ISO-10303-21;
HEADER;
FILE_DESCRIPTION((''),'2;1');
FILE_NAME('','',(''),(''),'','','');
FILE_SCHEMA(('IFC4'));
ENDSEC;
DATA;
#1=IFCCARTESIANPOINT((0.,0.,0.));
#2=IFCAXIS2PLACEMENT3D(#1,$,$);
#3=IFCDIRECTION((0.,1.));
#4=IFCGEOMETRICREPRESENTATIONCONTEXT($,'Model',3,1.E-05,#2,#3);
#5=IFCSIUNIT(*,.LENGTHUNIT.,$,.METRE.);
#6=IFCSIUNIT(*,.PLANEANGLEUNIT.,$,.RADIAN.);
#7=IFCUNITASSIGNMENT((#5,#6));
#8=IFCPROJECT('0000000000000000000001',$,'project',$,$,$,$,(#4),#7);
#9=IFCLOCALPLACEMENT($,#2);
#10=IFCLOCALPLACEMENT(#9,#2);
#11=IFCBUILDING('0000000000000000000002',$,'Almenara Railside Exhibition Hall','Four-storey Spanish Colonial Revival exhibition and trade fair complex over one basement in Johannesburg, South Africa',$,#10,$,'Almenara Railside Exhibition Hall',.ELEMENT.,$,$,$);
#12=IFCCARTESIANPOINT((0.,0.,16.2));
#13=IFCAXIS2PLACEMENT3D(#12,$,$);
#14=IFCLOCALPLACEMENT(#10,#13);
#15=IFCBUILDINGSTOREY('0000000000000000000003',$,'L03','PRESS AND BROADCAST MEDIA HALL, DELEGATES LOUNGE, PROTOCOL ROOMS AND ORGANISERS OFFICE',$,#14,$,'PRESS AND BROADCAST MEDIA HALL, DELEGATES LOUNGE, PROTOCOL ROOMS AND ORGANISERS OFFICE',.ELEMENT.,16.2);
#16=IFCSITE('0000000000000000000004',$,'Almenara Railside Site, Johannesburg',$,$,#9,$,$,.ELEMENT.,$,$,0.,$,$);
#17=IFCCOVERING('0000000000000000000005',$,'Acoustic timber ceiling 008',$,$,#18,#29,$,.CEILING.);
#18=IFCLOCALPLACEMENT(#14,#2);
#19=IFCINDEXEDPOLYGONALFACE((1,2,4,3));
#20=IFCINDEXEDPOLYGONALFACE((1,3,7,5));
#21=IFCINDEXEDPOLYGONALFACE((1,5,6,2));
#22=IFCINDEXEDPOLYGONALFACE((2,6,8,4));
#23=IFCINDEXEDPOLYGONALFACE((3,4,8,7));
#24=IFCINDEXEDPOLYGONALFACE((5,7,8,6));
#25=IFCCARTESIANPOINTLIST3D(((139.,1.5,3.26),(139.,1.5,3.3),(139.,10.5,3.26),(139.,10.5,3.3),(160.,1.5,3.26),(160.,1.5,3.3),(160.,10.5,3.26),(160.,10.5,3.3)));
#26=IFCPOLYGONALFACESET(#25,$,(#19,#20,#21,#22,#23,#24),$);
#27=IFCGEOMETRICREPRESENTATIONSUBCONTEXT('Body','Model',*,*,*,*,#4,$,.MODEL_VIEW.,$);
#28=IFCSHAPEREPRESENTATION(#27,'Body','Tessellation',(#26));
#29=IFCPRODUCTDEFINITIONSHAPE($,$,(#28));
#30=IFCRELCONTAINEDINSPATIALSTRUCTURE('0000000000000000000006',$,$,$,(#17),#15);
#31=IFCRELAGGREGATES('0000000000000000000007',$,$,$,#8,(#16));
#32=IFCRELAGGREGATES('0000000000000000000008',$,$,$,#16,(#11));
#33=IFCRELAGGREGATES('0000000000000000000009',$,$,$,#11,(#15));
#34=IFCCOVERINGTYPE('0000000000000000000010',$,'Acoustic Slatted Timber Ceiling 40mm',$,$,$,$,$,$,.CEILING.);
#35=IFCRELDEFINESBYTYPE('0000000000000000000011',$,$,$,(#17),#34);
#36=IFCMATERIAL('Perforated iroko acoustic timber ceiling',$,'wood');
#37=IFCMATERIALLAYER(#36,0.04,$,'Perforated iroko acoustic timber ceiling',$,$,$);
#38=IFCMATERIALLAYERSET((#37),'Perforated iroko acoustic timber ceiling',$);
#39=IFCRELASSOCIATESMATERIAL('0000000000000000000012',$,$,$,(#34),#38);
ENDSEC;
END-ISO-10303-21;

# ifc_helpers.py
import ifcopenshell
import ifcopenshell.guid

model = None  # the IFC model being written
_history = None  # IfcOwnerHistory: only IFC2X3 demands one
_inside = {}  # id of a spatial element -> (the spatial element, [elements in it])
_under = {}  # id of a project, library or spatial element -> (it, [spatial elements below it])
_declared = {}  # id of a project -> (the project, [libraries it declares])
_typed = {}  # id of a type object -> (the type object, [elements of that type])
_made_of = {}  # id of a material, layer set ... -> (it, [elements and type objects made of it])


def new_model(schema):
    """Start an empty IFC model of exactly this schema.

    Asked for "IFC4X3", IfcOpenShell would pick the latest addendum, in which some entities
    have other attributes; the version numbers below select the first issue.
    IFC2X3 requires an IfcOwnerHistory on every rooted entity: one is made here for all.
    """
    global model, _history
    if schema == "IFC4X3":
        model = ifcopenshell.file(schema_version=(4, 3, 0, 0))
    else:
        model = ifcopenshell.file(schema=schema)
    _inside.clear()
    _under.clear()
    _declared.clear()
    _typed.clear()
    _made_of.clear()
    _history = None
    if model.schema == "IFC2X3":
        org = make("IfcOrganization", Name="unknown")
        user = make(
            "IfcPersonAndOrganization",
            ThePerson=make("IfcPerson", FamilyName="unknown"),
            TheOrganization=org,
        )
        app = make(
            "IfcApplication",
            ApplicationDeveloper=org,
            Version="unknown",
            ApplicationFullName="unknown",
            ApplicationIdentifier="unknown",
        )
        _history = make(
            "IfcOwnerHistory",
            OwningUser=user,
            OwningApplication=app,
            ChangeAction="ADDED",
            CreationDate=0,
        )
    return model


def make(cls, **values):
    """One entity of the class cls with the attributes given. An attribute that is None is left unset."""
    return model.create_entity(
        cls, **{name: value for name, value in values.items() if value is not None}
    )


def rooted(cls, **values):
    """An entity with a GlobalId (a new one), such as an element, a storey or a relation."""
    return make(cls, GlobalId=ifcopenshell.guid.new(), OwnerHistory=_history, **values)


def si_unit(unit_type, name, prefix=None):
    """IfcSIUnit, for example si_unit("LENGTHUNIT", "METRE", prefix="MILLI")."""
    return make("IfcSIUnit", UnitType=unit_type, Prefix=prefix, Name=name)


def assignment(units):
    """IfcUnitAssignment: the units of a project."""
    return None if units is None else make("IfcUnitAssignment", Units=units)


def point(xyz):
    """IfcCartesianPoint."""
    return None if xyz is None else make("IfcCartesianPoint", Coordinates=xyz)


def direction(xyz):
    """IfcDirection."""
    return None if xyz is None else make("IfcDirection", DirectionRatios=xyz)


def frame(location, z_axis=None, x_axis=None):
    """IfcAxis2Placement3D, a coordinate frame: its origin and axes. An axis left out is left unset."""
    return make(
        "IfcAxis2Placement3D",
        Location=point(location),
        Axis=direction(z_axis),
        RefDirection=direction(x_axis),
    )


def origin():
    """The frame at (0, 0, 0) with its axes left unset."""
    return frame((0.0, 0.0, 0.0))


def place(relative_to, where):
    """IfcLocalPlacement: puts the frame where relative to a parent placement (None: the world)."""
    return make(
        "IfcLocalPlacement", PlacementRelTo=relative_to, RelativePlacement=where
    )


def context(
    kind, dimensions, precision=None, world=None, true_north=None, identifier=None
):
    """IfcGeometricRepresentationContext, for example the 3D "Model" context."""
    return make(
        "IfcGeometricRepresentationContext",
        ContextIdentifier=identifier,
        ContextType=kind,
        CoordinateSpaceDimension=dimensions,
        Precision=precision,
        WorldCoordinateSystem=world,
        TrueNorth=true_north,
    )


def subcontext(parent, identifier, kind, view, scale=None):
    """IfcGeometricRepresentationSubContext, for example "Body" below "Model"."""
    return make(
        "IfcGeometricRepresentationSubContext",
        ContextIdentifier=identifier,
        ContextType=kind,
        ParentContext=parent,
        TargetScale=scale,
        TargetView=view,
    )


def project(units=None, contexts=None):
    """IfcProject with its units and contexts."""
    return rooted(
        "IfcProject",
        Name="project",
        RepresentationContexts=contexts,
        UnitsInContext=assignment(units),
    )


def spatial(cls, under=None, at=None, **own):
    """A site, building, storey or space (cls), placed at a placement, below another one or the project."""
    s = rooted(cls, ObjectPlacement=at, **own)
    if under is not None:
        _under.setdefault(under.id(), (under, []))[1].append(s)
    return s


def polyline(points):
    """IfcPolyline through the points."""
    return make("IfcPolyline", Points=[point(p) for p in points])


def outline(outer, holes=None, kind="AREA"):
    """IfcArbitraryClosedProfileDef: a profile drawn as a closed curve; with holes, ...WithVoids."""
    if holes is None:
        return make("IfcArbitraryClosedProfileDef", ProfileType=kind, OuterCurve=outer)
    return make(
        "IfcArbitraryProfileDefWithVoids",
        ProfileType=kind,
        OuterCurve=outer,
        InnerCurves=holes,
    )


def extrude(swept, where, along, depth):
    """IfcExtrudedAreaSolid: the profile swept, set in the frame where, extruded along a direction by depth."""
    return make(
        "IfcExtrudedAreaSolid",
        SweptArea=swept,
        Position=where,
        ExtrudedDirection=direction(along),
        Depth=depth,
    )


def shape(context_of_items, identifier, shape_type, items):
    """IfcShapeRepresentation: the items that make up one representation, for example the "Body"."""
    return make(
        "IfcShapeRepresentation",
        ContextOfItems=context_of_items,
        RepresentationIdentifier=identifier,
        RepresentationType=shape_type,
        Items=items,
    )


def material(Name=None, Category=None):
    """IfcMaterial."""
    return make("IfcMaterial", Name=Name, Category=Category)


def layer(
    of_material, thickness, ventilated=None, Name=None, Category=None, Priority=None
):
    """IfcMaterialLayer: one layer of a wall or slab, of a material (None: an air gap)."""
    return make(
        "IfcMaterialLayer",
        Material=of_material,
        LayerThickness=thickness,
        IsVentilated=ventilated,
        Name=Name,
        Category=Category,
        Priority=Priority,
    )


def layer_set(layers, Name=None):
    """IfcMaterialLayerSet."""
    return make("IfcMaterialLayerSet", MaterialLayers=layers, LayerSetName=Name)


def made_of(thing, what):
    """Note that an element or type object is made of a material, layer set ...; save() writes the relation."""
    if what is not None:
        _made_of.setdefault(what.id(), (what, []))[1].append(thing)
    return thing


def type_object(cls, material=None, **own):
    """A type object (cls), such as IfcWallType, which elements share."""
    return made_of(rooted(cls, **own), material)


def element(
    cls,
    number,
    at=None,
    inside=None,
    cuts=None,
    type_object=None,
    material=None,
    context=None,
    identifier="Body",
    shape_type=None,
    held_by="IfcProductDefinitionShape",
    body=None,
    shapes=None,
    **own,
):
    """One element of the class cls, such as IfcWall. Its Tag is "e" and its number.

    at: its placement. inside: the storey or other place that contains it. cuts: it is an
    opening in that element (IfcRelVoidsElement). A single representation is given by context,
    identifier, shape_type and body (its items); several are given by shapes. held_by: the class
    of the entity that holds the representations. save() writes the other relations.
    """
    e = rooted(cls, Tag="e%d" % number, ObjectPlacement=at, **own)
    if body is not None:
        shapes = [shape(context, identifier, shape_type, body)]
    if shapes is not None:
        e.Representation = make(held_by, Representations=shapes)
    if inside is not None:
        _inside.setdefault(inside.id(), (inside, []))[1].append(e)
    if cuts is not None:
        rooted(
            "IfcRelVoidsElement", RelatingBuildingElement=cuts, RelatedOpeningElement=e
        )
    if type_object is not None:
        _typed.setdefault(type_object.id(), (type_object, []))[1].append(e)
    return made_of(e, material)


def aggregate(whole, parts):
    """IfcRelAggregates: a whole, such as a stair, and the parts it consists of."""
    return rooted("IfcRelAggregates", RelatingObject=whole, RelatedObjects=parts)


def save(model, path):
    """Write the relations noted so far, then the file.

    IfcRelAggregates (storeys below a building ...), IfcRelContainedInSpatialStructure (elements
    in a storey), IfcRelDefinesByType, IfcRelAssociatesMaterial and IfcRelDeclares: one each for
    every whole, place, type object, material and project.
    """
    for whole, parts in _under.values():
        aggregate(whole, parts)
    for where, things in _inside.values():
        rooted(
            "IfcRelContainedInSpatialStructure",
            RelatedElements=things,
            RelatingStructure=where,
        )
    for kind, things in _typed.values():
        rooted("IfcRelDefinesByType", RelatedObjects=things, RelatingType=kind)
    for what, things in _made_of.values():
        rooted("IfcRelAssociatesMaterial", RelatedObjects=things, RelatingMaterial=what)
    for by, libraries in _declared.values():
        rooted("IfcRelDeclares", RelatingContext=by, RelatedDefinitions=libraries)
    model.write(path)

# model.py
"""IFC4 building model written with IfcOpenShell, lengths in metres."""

from ifc_helpers import new_model, si_unit, direction, frame, origin, place, context, subcontext, project, spatial, polyline, outline, extrude, material, layer, layer_set, type_object, element, save


model = new_model("IFC4")

# Units and contexts
model_context = context("Model", 3, precision=1e-05, world=origin(), true_north=direction((0.0, 1.0)))
body_context = subcontext(model_context, "Body", "Model", "MODEL_VIEW")
ifc_project = project(units=[si_unit("LENGTHUNIT", "METRE"), si_unit("PLANEANGLEUNIT", "RADIAN")], contexts=[model_context])

# Site, building, storey
site_placement = place(None, origin())
site = spatial("IfcSite", under=ifc_project, at=site_placement, Name="Almenara Railside Site, Johannesburg", CompositionType="ELEMENT", RefElevation=0.0)
building_placement = place(site_placement, origin())
building = spatial("IfcBuilding", under=site, at=building_placement, Name="Almenara Railside Exhibition Hall", Description="Four-storey Spanish Colonial Revival exhibition and trade fair complex over one basement in Johannesburg, South Africa", LongName="Almenara Railside Exhibition Hall", CompositionType="ELEMENT")
storey_placement = place(building_placement, frame((0.0, 0.0, 16.2)))
storey = spatial("IfcBuildingStorey", under=building, at=storey_placement, Name="L03", Description="PRESS AND BROADCAST MEDIA HALL, DELEGATES LOUNGE, PROTOCOL ROOMS AND ORGANISERS OFFICE", LongName="PRESS AND BROADCAST MEDIA HALL, DELEGATES LOUNGE, PROTOCOL ROOMS AND ORGANISERS OFFICE", CompositionType="ELEMENT", Elevation=16.2)

# Covering
ifc_material_1 = material(Name="Perforated iroko acoustic timber ceiling", Category="wood")
ifc_layer_1 = layer(ifc_material_1, 0.04, Name="Perforated iroko acoustic timber ceiling")
ifc_layer_set_1 = layer_set([ifc_layer_1], Name="Perforated iroko acoustic timber ceiling")
covering_type = type_object("IfcCoveringType", Name="Acoustic Slatted Timber Ceiling 40mm", PredefinedType="CEILING", material=ifc_layer_set_1)
covering_placement = place(storey_placement, frame((0.0, 0.0, 3.26)))
element("IfcCovering", 1, at=covering_placement, inside=storey, type_object=covering_type, Name="Acoustic timber ceiling 008", PredefinedType="CEILING", context=body_context, shape_type="SweptSolid", body=[
    extrude(outline(polyline([(139.0, 1.5), (160.0, 1.5), (160.0, 10.5), (139.0, 10.5), (139.0, 1.5)])), origin(), (0.0, 0.0, 1.0), 0.04),
])

save(model, "model.ifc")
